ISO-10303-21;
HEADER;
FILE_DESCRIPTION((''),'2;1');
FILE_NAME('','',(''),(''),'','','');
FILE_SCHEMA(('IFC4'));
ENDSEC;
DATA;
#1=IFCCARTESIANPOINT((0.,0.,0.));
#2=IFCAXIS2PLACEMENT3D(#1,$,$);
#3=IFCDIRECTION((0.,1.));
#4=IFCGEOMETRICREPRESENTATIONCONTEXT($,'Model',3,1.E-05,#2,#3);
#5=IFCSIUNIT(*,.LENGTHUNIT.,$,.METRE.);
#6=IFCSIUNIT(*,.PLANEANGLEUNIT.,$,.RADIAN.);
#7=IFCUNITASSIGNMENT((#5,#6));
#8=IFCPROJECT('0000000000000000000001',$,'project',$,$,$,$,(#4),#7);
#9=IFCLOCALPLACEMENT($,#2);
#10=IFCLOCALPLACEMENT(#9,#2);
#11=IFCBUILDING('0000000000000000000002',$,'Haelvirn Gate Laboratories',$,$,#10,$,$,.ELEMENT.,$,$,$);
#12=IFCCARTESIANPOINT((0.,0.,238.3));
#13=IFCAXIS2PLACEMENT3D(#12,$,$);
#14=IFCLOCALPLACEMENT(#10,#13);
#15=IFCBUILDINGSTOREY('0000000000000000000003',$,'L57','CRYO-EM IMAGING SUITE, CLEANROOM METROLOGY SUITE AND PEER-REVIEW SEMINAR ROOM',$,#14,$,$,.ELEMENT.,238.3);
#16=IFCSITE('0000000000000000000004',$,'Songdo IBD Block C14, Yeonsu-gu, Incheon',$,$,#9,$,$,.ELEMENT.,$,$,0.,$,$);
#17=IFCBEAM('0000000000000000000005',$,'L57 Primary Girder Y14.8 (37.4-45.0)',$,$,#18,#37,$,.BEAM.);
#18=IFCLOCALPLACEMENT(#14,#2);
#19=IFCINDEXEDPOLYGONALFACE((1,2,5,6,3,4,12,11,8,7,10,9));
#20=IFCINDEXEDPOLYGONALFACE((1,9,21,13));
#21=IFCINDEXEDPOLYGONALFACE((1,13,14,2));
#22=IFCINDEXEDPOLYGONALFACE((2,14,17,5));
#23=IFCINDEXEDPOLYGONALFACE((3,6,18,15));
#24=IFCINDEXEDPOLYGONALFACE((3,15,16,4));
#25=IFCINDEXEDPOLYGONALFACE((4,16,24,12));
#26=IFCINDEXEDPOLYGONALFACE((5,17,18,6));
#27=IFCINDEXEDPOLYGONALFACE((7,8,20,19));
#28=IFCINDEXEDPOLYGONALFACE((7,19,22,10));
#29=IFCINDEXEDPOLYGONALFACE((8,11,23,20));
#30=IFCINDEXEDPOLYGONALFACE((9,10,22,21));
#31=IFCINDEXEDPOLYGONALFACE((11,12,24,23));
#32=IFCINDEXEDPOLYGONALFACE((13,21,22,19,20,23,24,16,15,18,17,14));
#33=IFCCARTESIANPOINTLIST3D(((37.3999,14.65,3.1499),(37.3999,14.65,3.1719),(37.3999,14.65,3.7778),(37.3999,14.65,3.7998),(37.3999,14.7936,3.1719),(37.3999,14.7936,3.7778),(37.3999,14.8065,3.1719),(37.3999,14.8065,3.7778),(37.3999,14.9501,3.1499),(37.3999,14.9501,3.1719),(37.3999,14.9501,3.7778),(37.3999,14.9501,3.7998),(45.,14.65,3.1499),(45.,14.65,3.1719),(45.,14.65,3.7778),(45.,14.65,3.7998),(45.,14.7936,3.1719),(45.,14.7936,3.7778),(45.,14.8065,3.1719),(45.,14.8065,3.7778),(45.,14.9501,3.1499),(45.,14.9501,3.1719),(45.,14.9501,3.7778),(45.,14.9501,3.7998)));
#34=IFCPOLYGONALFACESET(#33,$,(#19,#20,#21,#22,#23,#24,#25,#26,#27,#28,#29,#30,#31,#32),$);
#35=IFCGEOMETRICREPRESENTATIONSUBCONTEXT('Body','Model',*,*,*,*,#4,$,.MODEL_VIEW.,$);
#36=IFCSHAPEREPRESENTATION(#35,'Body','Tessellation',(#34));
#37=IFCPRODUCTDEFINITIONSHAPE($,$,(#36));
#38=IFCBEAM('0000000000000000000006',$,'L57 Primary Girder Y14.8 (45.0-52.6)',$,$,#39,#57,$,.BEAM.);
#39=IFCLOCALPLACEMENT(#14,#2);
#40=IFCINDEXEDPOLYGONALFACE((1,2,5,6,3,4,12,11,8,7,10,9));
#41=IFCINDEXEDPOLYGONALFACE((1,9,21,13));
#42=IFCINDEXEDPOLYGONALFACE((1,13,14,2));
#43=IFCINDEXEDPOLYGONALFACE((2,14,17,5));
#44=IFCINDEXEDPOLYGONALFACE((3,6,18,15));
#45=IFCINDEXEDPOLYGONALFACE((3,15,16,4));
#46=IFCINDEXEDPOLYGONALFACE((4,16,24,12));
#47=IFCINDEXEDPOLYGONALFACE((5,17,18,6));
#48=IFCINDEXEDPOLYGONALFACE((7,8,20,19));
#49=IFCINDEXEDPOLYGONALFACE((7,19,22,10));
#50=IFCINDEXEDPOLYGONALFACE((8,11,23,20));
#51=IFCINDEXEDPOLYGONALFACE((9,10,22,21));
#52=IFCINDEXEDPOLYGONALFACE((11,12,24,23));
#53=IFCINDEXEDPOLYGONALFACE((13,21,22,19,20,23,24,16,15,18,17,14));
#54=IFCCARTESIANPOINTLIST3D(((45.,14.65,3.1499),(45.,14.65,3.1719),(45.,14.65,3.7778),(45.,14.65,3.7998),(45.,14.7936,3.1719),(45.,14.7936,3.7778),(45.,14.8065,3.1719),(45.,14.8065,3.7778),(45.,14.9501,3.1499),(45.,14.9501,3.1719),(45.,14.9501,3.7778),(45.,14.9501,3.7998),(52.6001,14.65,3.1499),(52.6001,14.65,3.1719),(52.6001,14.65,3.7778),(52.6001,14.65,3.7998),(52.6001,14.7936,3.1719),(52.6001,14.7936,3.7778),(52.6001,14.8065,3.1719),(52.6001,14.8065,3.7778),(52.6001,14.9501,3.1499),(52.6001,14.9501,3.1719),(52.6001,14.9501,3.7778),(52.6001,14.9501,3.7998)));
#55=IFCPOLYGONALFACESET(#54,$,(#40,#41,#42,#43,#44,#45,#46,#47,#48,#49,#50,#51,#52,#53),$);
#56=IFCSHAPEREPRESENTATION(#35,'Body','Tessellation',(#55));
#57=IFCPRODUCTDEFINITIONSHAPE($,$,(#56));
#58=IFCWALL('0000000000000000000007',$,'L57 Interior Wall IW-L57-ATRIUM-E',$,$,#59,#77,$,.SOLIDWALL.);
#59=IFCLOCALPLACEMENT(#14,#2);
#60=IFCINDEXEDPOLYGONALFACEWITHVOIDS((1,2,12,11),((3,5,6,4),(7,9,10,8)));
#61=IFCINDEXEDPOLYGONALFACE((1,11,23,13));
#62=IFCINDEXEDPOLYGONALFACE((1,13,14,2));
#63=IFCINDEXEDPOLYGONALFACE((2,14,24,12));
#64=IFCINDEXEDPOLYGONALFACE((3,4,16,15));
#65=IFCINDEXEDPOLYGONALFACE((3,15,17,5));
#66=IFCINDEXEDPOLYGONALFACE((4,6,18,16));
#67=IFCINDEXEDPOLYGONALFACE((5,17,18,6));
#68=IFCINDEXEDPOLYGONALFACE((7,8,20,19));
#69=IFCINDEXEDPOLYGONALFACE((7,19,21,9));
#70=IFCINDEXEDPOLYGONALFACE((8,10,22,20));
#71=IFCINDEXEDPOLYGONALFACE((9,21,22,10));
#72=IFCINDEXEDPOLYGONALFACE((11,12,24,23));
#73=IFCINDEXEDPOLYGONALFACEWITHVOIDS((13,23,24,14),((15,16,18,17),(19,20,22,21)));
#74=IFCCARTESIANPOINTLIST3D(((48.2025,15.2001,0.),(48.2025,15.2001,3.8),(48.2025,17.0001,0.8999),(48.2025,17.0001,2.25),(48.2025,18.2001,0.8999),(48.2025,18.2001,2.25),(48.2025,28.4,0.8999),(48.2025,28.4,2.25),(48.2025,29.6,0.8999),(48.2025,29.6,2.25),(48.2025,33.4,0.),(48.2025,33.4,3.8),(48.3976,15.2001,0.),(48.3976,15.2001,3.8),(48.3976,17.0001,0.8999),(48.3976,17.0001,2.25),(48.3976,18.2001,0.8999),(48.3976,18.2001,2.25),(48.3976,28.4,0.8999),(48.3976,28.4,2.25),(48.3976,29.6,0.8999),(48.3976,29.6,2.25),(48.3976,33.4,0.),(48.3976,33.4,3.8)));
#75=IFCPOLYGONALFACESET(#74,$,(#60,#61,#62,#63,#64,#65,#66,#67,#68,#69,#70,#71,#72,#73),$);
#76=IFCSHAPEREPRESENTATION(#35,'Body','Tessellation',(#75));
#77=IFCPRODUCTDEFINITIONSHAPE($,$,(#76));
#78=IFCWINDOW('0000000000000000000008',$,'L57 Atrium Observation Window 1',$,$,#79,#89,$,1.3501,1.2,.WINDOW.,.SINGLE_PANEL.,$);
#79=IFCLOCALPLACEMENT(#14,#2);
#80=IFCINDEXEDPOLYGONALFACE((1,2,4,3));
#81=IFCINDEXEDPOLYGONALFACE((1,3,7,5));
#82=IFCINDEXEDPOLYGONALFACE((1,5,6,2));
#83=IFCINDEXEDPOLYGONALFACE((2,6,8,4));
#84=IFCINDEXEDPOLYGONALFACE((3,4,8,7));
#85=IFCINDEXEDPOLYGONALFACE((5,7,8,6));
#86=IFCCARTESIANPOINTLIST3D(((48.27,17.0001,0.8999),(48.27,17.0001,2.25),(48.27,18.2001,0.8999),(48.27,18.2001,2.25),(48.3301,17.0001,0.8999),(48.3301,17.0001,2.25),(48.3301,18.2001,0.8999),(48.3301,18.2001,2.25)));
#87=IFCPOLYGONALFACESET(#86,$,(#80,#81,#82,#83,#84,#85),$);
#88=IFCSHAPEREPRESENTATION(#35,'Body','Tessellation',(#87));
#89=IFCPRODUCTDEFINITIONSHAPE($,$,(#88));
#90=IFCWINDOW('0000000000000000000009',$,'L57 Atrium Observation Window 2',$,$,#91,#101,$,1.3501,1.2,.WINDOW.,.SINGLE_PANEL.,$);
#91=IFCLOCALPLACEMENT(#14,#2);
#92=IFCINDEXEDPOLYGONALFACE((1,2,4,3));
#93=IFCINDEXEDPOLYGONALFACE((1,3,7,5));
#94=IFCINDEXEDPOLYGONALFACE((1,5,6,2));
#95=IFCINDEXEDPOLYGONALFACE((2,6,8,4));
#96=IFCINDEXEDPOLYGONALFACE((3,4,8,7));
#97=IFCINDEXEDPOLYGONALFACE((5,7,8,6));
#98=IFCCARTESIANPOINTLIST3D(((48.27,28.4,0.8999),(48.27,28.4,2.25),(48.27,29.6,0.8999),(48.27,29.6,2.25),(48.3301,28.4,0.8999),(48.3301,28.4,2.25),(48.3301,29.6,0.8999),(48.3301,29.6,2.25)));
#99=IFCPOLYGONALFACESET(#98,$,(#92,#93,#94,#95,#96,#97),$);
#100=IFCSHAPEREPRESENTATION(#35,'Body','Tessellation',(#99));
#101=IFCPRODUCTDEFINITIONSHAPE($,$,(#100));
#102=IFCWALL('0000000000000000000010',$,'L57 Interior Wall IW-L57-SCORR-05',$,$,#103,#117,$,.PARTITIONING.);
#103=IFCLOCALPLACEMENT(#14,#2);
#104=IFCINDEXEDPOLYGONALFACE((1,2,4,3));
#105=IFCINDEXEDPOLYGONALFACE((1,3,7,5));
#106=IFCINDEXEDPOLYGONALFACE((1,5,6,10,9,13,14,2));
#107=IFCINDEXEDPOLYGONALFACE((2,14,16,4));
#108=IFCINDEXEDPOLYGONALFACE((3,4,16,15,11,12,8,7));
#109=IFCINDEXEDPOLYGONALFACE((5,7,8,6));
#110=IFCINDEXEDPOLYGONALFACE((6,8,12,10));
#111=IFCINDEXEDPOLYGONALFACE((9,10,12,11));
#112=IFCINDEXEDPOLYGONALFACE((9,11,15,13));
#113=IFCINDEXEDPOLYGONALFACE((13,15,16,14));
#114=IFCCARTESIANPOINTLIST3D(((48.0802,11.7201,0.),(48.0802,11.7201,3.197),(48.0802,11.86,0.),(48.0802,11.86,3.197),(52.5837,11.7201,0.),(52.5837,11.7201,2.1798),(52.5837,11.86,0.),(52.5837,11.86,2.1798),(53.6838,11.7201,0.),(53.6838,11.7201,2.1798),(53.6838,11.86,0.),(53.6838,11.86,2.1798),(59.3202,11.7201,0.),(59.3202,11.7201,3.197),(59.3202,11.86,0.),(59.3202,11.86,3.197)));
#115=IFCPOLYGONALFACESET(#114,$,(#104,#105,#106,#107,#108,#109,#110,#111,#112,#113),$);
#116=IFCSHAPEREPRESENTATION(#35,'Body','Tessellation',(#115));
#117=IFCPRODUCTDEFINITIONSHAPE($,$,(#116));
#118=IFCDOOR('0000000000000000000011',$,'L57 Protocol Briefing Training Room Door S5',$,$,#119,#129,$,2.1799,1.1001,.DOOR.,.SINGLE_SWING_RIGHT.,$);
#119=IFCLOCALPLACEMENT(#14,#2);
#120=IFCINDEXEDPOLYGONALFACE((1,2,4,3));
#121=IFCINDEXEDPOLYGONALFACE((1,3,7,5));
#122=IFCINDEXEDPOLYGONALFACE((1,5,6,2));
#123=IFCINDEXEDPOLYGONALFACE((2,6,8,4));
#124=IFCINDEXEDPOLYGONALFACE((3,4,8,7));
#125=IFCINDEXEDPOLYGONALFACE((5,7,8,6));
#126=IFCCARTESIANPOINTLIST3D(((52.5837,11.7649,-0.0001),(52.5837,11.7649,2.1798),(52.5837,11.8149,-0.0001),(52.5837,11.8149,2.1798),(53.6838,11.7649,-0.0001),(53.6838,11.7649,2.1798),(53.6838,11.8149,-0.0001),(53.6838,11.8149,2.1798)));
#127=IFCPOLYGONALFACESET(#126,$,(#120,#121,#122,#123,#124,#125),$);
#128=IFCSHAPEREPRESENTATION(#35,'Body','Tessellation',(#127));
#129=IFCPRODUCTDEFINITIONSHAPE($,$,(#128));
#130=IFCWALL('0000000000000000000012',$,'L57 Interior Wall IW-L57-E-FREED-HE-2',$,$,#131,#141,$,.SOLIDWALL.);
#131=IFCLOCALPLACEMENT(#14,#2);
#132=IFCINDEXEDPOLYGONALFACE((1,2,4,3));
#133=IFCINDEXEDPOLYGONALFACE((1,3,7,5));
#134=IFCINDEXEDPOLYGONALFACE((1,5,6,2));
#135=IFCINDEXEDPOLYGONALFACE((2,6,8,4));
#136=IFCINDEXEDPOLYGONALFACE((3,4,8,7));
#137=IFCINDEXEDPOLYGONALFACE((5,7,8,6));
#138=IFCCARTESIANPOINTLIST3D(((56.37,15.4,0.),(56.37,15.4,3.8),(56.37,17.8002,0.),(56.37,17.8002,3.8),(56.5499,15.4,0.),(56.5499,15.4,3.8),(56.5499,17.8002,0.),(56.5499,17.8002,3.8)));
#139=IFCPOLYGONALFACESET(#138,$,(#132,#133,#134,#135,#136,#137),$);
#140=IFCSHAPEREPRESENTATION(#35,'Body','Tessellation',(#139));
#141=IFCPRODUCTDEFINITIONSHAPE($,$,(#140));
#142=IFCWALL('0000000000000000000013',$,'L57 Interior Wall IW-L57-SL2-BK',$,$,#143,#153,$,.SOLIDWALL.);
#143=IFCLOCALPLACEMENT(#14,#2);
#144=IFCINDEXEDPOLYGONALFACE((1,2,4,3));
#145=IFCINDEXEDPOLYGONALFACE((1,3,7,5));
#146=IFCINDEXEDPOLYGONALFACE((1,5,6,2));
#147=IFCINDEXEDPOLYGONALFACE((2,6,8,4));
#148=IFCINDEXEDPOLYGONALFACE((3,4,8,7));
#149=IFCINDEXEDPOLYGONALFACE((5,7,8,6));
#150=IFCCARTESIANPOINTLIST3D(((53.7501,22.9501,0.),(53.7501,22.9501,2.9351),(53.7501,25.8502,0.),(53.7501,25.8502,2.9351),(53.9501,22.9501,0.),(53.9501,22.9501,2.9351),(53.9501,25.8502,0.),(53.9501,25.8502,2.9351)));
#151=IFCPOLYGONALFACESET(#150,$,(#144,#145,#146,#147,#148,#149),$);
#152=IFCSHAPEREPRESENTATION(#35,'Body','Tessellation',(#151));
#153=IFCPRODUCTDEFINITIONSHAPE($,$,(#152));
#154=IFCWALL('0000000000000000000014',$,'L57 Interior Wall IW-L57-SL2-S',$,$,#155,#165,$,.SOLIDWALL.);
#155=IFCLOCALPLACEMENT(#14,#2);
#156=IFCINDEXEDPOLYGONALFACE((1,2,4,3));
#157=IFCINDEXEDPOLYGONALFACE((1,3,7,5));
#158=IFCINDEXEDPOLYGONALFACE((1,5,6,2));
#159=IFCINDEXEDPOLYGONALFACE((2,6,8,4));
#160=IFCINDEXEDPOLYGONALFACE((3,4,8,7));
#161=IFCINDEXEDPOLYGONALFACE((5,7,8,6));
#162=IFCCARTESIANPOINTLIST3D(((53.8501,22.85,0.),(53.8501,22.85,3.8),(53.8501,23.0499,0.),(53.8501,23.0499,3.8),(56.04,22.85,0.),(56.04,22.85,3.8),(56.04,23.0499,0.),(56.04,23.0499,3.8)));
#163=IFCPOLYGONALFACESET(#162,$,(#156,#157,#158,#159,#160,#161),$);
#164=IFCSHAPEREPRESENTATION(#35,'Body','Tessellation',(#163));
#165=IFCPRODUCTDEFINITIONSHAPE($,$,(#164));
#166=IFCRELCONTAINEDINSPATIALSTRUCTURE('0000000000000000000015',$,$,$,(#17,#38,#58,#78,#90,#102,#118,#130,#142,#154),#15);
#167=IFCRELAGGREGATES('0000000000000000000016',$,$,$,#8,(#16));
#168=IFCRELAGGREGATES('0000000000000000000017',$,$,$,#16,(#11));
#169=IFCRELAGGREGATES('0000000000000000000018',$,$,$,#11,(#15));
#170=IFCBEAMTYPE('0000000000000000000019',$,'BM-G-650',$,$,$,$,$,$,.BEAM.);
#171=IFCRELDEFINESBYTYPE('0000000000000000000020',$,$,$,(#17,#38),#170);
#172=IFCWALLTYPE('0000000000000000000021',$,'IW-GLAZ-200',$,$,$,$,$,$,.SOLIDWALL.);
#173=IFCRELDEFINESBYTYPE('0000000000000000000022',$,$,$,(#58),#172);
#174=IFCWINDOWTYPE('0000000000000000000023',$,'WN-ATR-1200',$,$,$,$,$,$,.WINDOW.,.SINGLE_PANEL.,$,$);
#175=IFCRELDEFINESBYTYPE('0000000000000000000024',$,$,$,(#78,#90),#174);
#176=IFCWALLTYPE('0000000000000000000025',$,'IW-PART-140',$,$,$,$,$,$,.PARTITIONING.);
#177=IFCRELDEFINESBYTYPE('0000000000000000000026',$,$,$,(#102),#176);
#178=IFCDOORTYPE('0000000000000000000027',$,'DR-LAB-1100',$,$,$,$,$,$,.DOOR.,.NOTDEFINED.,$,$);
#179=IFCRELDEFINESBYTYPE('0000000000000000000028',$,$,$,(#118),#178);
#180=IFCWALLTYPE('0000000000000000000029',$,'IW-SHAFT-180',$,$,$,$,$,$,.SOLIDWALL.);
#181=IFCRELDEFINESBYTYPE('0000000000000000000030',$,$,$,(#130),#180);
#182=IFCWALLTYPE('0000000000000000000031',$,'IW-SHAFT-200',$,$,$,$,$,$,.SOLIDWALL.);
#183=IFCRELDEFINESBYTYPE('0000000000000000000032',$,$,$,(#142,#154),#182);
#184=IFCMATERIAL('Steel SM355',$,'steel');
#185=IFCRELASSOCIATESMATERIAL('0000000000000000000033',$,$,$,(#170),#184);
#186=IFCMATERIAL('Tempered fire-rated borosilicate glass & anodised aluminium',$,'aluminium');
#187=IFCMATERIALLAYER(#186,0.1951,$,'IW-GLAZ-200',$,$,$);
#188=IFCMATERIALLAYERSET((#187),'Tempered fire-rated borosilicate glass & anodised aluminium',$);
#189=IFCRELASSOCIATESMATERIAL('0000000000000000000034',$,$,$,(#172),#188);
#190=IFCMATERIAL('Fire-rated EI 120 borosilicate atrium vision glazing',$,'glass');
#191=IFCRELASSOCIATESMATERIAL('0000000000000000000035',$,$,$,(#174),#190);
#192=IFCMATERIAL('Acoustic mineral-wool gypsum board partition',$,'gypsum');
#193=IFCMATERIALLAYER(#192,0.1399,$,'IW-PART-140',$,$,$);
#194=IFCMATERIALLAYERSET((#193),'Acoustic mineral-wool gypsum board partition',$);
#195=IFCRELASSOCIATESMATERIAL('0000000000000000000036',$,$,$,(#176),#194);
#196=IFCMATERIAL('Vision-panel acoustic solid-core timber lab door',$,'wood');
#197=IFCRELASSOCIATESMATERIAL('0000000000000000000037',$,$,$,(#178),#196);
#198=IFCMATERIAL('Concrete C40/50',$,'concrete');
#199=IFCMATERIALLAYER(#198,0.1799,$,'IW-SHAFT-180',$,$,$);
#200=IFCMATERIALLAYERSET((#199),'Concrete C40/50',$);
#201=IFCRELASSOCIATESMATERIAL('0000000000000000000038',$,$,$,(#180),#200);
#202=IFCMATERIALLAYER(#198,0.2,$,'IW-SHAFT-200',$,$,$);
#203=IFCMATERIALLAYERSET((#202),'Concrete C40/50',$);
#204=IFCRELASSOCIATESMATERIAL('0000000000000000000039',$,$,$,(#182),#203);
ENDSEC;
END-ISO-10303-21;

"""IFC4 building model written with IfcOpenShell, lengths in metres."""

from ifc_helpers import new_model, si_unit, direction, frame, frame_2d, origin, origin_2d, place, context, subcontext, project, spatial, rectangle, i_section, extrude, source, transform, mapped, material, layer, layer_set, material_profile, profile_set, type_object, type_shapes, element, fill, save


model = new_model("IFC4")

# Units and contexts
model_context = context("Model", 3, precision=1e-05, world=origin(), true_north=direction((0.0, 1.0)))
body_context = subcontext(model_context, "Body", "Model", "MODEL_VIEW")
ifc_project = project(units=[si_unit("LENGTHUNIT", "METRE"), si_unit("PLANEANGLEUNIT", "RADIAN")], contexts=[model_context])

# Site, building, storey
site_placement = place(None, origin())
site = spatial("IfcSite", under=ifc_project, at=site_placement, Name="Songdo IBD Block C14, Yeonsu-gu, Incheon", CompositionType="ELEMENT", RefElevation=0.0)
building_placement = place(site_placement, origin())
building = spatial("IfcBuilding", under=site, at=building_placement, Name="Haelvirn Gate Laboratories", CompositionType="ELEMENT")
storey_placement = place(building_placement, frame((0.0, 0.0, 238.3)))
storey = spatial("IfcBuildingStorey", under=building, at=storey_placement, Name="L57", Description="CRYO-EM IMAGING SUITE, CLEANROOM METROLOGY SUITE AND PEER-REVIEW SEMINAR ROOM", CompositionType="ELEMENT", Elevation=238.3)

# Shared definitions
ifc_material_1 = material(Name="Steel SM355", Category="steel")

# Beams
ifc_material_profile_1 = material_profile(ifc_material_1, i_section(OverallWidth=0.3, OverallDepth=0.6499, WebThickness=0.0129, FlangeThickness=0.022, at=origin_2d()), Name="H-650x300x13x22")
ifc_profile_set_1 = profile_set([ifc_material_profile_1], Name="Steel SM355")
beam_type_1 = type_object("IfcBeamType", Name="BM-G-650", PredefinedType="BEAM", material=ifc_profile_set_1)
shared_shape_1 = source(origin(), body_context, "Body", "SweptSolid", [
    extrude(i_section(OverallWidth=0.3, OverallDepth=0.6499, WebThickness=0.0129, FlangeThickness=0.022, at=origin_2d()), origin(), (0.0, 0.0, 1.0), 7.6001),
])
for number, where, z_axis, x_axis, name in (
    (1, (37.3999, 14.8, 3.4749), (1.0, 0.0, 0.0), (0.0, 1.0, 0.0), "L57 Primary Girder Y14.8 (37.4-45.0)"),
    (2, (45.0, 14.8, 3.4749), (1.0, 0.0, 0.0), (0.0, 1.0, 0.0), "L57 Primary Girder Y14.8 (45.0-52.6)"),
):
    element("IfcBeam", number, at=place(storey_placement, frame(where, z_axis=z_axis, x_axis=x_axis)), inside=storey, type_object=beam_type_1, Name=name, PredefinedType="BEAM", context=body_context, shape_type="MappedRepresentation", body=[
        mapped(shared_shape_1, transform((0.0, 0.0, 0.0), scale=1.0)),
    ])

# Wall, openings, windows
ifc_material_2 = material(Name="Tempered fire-rated borosilicate glass & anodised aluminium", Category="aluminium")
ifc_layer_1 = layer(ifc_material_2, 0.1951, Name="IW-GLAZ-200")
ifc_layer_set_1 = layer_set([ifc_layer_1], Name="Tempered fire-rated borosilicate glass & anodised aluminium")
wall_type_1 = type_object("IfcWallType", Name="IW-GLAZ-200", PredefinedType="SOLIDWALL", material=ifc_layer_set_1)
wall_1_placement = place(storey_placement, frame((48.3, 15.2, 0.0), z_axis=(0.0, 0.0, 1.0), x_axis=(0.0, 1.0, 0.0)))
wall_1 = element("IfcWall", 3, at=wall_1_placement, inside=storey, type_object=wall_type_1, Name="L57 Interior Wall IW-L57-ATRIUM-E", PredefinedType="SOLIDWALL", context=body_context, shape_type="SweptSolid", body=[
    extrude(rectangle(XDim=18.2, YDim=0.1951, at=frame_2d((9.1001, 0.0))), origin(), (0.0, 0.0, 1.0), 3.8),
])
opening_1_placement = place(wall_1_placement, frame((1.8, 0.0, 0.8999)))
opening_1 = element("IfcOpeningElement", 4, at=opening_1_placement, cuts=wall_1, PredefinedType="OPENING", context=body_context, shape_type="SweptSolid", body=[
    extrude(rectangle(XDim=1.2, YDim=1.3501, at=frame_2d((0.6001, 0.675))), frame((0.0, 0.1074, 0.0), z_axis=(0.0, -1.0, 0.0), x_axis=(1.0, 0.0, 0.0)), (0.0, 0.0, 1.0), 0.2151),
])
opening_2_placement = place(wall_1_placement, frame((13.2, 0.0, 0.8999)))
opening_2 = element("IfcOpeningElement", 5, at=opening_2_placement, cuts=wall_1, PredefinedType="OPENING", context=body_context, shape_type="SweptSolid", body=[
    extrude(rectangle(XDim=1.2, YDim=1.3501, at=frame_2d((0.6001, 0.675))), frame((0.0, 0.1074, 0.0), z_axis=(0.0, -1.0, 0.0), x_axis=(1.0, 0.0, 0.0)), (0.0, 0.0, 1.0), 0.2151),
])
ifc_material_3 = material(Name="Fire-rated EI 120 borosilicate atrium vision glazing", Category="glass")
window_type = type_object("IfcWindowType", Name="WN-ATR-1200", PartitioningType="SINGLE_PANEL", PredefinedType="WINDOW", material=ifc_material_3)
shared_shape_2 = source(origin(), body_context, "Body", "SweptSolid", [
    extrude(rectangle(XDim=1.2, YDim=1.3501, at=frame_2d((0.6001, 0.675))), frame((0.0, 0.03, 0.0), z_axis=(0.0, -1.0, 0.0), x_axis=(1.0, 0.0, 0.0)), (0.0, 0.0, 1.0), 0.0601),
])
type_shapes(window_type, [shared_shape_2])
window_1_placement = place(opening_1_placement, origin())
window_1 = element("IfcWindow", 6, at=window_1_placement, inside=storey, type_object=window_type, Name="L57 Atrium Observation Window 1", OverallHeight=1.3501, OverallWidth=1.2, PartitioningType="SINGLE_PANEL", PredefinedType="WINDOW", context=body_context, shape_type="MappedRepresentation", body=[
    mapped(shared_shape_2, transform((0.0, 0.0, 0.0), scale=1.0)),
])
fill(opening_1, window_1)
window_2_placement = place(opening_2_placement, origin())
window_2 = element("IfcWindow", 7, at=window_2_placement, inside=storey, type_object=window_type, Name="L57 Atrium Observation Window 2", OverallHeight=1.3501, OverallWidth=1.2, PartitioningType="SINGLE_PANEL", PredefinedType="WINDOW", context=body_context, shape_type="MappedRepresentation", body=[
    mapped(shared_shape_2, transform((0.0, 0.0, 0.0), scale=1.0)),
])
fill(opening_2, window_2)

# Wall, opening, door
ifc_material_4 = material(Name="Acoustic mineral-wool gypsum board partition", Category="gypsum")
ifc_layer_2 = layer(ifc_material_4, 0.1399, Name="IW-PART-140")
ifc_layer_set_2 = layer_set([ifc_layer_2], Name="Acoustic mineral-wool gypsum board partition")
wall_type_2 = type_object("IfcWallType", Name="IW-PART-140", PredefinedType="PARTITIONING", material=ifc_layer_set_2)
wall_2_placement = place(storey_placement, frame((48.0801, 11.79, 0.0), z_axis=(0.0, 0.0, 1.0), x_axis=(1.0, 0.0, 0.0)))
wall_2 = element("IfcWall", 8, at=wall_2_placement, inside=storey, type_object=wall_type_2, Name="L57 Interior Wall IW-L57-SCORR-05", PredefinedType="PARTITIONING", context=body_context, shape_type="SweptSolid", body=[
    extrude(rectangle(XDim=11.24, YDim=0.1399, at=frame_2d((5.6201, 0.0))), origin(), (0.0, 0.0, 1.0), 3.197),
])
opening_3_placement = place(wall_2_placement, frame((4.5037, 0.0, 0.0)))
opening_3 = element("IfcOpeningElement", 9, at=opening_3_placement, cuts=wall_2, PredefinedType="OPENING", context=body_context, shape_type="SweptSolid", body=[
    extrude(rectangle(XDim=1.1001, YDim=2.1799, at=frame_2d((0.55, 1.0898))), frame((0.0, 0.0801, 0.0), z_axis=(0.0, -1.0, 0.0), x_axis=(1.0, 0.0, 0.0)), (0.0, 0.0, 1.0), 0.1599),
])
ifc_material_5 = material(Name="Vision-panel acoustic solid-core timber lab door", Category="wood")
door_type_1 = type_object("IfcDoorType", Name="DR-LAB-1100", OperationType="NOTDEFINED", PredefinedType="DOOR", material=ifc_material_5)
shared_shape_3 = source(origin(), body_context, "Body", "SweptSolid", [
    extrude(rectangle(XDim=1.1001, YDim=2.1799, at=frame_2d((0.55, 1.0898))), frame((0.0, 0.0249, 0.0), z_axis=(0.0, -1.0, 0.0), x_axis=(1.0, 0.0, 0.0)), (0.0, 0.0, 1.0), 0.05),
])
type_shapes(door_type_1, [shared_shape_3])
door_1_placement = place(opening_3_placement, origin())
door_1 = element("IfcDoor", 10, at=door_1_placement, inside=storey, type_object=door_type_1, Name="L57 Protocol Briefing Training Room Door S5", OperationType="SINGLE_SWING_RIGHT", OverallHeight=2.1799, OverallWidth=1.1001, PredefinedType="DOOR", context=body_context, shape_type="MappedRepresentation", body=[
    mapped(shared_shape_3, transform((0.0, 0.0, 0.0), scale=1.0)),
])
fill(opening_3, door_1)

# Walls
ifc_material_6 = material(Name="Concrete C40/50", Category="concrete")
ifc_layer_3 = layer(ifc_material_6, 0.1799, Name="IW-SHAFT-180")
ifc_layer_set_3 = layer_set([ifc_layer_3], Name="Concrete C40/50")
wall_type_3 = type_object("IfcWallType", Name="IW-SHAFT-180", PredefinedType="SOLIDWALL", material=ifc_layer_set_3)
wall_3_placement = place(storey_placement, frame((56.46, 15.3999, 0.0), z_axis=(0.0, 0.0, 1.0), x_axis=(0.0, 1.0, 0.0)))
element("IfcWall", 11, at=wall_3_placement, inside=storey, type_object=wall_type_3, Name="L57 Interior Wall IW-L57-E-FREED-HE-2", PredefinedType="SOLIDWALL", context=body_context, shape_type="SweptSolid", body=[
    extrude(rectangle(XDim=2.4001, YDim=0.1799, at=frame_2d((1.2002, 0.0))), origin(), (0.0, 0.0, 1.0), 3.8),
])
ifc_layer_4 = layer(ifc_material_6, 0.2, Name="IW-SHAFT-200")
ifc_layer_set_4 = layer_set([ifc_layer_4], Name="Concrete C40/50")
wall_type_4 = type_object("IfcWallType", Name="IW-SHAFT-200", PredefinedType="SOLIDWALL", material=ifc_layer_set_4)
wall_4_placement = place(storey_placement, frame((53.8501, 22.95, 0.0), z_axis=(0.0, 0.0, 1.0), x_axis=(0.0, 1.0, 0.0)))
element("IfcWall", 12, at=wall_4_placement, inside=storey, type_object=wall_type_4, Name="L57 Interior Wall IW-L57-SL2-BK", PredefinedType="SOLIDWALL", context=body_context, shape_type="SweptSolid", body=[
    extrude(rectangle(XDim=2.9001, YDim=0.2, at=frame_2d((1.4502, 0.0))), origin(), (0.0, 0.0, 1.0), 2.9351),
])
wall_5_placement = place(storey_placement, frame((53.8501, 22.95, 0.0), z_axis=(0.0, 0.0, 1.0), x_axis=(1.0, 0.0, 0.0)))
element("IfcWall", 13, at=wall_5_placement, inside=storey, type_object=wall_type_4, Name="L57 Interior Wall IW-L57-SL2-S", PredefinedType="SOLIDWALL", context=body_context, shape_type="SweptSolid", body=[
    extrude(rectangle(XDim=2.1899, YDim=0.2, at=frame_2d((1.095, 0.0))), origin(), (0.0, 0.0, 1.0), 3.8),
])

save(model, "model.ifc")
